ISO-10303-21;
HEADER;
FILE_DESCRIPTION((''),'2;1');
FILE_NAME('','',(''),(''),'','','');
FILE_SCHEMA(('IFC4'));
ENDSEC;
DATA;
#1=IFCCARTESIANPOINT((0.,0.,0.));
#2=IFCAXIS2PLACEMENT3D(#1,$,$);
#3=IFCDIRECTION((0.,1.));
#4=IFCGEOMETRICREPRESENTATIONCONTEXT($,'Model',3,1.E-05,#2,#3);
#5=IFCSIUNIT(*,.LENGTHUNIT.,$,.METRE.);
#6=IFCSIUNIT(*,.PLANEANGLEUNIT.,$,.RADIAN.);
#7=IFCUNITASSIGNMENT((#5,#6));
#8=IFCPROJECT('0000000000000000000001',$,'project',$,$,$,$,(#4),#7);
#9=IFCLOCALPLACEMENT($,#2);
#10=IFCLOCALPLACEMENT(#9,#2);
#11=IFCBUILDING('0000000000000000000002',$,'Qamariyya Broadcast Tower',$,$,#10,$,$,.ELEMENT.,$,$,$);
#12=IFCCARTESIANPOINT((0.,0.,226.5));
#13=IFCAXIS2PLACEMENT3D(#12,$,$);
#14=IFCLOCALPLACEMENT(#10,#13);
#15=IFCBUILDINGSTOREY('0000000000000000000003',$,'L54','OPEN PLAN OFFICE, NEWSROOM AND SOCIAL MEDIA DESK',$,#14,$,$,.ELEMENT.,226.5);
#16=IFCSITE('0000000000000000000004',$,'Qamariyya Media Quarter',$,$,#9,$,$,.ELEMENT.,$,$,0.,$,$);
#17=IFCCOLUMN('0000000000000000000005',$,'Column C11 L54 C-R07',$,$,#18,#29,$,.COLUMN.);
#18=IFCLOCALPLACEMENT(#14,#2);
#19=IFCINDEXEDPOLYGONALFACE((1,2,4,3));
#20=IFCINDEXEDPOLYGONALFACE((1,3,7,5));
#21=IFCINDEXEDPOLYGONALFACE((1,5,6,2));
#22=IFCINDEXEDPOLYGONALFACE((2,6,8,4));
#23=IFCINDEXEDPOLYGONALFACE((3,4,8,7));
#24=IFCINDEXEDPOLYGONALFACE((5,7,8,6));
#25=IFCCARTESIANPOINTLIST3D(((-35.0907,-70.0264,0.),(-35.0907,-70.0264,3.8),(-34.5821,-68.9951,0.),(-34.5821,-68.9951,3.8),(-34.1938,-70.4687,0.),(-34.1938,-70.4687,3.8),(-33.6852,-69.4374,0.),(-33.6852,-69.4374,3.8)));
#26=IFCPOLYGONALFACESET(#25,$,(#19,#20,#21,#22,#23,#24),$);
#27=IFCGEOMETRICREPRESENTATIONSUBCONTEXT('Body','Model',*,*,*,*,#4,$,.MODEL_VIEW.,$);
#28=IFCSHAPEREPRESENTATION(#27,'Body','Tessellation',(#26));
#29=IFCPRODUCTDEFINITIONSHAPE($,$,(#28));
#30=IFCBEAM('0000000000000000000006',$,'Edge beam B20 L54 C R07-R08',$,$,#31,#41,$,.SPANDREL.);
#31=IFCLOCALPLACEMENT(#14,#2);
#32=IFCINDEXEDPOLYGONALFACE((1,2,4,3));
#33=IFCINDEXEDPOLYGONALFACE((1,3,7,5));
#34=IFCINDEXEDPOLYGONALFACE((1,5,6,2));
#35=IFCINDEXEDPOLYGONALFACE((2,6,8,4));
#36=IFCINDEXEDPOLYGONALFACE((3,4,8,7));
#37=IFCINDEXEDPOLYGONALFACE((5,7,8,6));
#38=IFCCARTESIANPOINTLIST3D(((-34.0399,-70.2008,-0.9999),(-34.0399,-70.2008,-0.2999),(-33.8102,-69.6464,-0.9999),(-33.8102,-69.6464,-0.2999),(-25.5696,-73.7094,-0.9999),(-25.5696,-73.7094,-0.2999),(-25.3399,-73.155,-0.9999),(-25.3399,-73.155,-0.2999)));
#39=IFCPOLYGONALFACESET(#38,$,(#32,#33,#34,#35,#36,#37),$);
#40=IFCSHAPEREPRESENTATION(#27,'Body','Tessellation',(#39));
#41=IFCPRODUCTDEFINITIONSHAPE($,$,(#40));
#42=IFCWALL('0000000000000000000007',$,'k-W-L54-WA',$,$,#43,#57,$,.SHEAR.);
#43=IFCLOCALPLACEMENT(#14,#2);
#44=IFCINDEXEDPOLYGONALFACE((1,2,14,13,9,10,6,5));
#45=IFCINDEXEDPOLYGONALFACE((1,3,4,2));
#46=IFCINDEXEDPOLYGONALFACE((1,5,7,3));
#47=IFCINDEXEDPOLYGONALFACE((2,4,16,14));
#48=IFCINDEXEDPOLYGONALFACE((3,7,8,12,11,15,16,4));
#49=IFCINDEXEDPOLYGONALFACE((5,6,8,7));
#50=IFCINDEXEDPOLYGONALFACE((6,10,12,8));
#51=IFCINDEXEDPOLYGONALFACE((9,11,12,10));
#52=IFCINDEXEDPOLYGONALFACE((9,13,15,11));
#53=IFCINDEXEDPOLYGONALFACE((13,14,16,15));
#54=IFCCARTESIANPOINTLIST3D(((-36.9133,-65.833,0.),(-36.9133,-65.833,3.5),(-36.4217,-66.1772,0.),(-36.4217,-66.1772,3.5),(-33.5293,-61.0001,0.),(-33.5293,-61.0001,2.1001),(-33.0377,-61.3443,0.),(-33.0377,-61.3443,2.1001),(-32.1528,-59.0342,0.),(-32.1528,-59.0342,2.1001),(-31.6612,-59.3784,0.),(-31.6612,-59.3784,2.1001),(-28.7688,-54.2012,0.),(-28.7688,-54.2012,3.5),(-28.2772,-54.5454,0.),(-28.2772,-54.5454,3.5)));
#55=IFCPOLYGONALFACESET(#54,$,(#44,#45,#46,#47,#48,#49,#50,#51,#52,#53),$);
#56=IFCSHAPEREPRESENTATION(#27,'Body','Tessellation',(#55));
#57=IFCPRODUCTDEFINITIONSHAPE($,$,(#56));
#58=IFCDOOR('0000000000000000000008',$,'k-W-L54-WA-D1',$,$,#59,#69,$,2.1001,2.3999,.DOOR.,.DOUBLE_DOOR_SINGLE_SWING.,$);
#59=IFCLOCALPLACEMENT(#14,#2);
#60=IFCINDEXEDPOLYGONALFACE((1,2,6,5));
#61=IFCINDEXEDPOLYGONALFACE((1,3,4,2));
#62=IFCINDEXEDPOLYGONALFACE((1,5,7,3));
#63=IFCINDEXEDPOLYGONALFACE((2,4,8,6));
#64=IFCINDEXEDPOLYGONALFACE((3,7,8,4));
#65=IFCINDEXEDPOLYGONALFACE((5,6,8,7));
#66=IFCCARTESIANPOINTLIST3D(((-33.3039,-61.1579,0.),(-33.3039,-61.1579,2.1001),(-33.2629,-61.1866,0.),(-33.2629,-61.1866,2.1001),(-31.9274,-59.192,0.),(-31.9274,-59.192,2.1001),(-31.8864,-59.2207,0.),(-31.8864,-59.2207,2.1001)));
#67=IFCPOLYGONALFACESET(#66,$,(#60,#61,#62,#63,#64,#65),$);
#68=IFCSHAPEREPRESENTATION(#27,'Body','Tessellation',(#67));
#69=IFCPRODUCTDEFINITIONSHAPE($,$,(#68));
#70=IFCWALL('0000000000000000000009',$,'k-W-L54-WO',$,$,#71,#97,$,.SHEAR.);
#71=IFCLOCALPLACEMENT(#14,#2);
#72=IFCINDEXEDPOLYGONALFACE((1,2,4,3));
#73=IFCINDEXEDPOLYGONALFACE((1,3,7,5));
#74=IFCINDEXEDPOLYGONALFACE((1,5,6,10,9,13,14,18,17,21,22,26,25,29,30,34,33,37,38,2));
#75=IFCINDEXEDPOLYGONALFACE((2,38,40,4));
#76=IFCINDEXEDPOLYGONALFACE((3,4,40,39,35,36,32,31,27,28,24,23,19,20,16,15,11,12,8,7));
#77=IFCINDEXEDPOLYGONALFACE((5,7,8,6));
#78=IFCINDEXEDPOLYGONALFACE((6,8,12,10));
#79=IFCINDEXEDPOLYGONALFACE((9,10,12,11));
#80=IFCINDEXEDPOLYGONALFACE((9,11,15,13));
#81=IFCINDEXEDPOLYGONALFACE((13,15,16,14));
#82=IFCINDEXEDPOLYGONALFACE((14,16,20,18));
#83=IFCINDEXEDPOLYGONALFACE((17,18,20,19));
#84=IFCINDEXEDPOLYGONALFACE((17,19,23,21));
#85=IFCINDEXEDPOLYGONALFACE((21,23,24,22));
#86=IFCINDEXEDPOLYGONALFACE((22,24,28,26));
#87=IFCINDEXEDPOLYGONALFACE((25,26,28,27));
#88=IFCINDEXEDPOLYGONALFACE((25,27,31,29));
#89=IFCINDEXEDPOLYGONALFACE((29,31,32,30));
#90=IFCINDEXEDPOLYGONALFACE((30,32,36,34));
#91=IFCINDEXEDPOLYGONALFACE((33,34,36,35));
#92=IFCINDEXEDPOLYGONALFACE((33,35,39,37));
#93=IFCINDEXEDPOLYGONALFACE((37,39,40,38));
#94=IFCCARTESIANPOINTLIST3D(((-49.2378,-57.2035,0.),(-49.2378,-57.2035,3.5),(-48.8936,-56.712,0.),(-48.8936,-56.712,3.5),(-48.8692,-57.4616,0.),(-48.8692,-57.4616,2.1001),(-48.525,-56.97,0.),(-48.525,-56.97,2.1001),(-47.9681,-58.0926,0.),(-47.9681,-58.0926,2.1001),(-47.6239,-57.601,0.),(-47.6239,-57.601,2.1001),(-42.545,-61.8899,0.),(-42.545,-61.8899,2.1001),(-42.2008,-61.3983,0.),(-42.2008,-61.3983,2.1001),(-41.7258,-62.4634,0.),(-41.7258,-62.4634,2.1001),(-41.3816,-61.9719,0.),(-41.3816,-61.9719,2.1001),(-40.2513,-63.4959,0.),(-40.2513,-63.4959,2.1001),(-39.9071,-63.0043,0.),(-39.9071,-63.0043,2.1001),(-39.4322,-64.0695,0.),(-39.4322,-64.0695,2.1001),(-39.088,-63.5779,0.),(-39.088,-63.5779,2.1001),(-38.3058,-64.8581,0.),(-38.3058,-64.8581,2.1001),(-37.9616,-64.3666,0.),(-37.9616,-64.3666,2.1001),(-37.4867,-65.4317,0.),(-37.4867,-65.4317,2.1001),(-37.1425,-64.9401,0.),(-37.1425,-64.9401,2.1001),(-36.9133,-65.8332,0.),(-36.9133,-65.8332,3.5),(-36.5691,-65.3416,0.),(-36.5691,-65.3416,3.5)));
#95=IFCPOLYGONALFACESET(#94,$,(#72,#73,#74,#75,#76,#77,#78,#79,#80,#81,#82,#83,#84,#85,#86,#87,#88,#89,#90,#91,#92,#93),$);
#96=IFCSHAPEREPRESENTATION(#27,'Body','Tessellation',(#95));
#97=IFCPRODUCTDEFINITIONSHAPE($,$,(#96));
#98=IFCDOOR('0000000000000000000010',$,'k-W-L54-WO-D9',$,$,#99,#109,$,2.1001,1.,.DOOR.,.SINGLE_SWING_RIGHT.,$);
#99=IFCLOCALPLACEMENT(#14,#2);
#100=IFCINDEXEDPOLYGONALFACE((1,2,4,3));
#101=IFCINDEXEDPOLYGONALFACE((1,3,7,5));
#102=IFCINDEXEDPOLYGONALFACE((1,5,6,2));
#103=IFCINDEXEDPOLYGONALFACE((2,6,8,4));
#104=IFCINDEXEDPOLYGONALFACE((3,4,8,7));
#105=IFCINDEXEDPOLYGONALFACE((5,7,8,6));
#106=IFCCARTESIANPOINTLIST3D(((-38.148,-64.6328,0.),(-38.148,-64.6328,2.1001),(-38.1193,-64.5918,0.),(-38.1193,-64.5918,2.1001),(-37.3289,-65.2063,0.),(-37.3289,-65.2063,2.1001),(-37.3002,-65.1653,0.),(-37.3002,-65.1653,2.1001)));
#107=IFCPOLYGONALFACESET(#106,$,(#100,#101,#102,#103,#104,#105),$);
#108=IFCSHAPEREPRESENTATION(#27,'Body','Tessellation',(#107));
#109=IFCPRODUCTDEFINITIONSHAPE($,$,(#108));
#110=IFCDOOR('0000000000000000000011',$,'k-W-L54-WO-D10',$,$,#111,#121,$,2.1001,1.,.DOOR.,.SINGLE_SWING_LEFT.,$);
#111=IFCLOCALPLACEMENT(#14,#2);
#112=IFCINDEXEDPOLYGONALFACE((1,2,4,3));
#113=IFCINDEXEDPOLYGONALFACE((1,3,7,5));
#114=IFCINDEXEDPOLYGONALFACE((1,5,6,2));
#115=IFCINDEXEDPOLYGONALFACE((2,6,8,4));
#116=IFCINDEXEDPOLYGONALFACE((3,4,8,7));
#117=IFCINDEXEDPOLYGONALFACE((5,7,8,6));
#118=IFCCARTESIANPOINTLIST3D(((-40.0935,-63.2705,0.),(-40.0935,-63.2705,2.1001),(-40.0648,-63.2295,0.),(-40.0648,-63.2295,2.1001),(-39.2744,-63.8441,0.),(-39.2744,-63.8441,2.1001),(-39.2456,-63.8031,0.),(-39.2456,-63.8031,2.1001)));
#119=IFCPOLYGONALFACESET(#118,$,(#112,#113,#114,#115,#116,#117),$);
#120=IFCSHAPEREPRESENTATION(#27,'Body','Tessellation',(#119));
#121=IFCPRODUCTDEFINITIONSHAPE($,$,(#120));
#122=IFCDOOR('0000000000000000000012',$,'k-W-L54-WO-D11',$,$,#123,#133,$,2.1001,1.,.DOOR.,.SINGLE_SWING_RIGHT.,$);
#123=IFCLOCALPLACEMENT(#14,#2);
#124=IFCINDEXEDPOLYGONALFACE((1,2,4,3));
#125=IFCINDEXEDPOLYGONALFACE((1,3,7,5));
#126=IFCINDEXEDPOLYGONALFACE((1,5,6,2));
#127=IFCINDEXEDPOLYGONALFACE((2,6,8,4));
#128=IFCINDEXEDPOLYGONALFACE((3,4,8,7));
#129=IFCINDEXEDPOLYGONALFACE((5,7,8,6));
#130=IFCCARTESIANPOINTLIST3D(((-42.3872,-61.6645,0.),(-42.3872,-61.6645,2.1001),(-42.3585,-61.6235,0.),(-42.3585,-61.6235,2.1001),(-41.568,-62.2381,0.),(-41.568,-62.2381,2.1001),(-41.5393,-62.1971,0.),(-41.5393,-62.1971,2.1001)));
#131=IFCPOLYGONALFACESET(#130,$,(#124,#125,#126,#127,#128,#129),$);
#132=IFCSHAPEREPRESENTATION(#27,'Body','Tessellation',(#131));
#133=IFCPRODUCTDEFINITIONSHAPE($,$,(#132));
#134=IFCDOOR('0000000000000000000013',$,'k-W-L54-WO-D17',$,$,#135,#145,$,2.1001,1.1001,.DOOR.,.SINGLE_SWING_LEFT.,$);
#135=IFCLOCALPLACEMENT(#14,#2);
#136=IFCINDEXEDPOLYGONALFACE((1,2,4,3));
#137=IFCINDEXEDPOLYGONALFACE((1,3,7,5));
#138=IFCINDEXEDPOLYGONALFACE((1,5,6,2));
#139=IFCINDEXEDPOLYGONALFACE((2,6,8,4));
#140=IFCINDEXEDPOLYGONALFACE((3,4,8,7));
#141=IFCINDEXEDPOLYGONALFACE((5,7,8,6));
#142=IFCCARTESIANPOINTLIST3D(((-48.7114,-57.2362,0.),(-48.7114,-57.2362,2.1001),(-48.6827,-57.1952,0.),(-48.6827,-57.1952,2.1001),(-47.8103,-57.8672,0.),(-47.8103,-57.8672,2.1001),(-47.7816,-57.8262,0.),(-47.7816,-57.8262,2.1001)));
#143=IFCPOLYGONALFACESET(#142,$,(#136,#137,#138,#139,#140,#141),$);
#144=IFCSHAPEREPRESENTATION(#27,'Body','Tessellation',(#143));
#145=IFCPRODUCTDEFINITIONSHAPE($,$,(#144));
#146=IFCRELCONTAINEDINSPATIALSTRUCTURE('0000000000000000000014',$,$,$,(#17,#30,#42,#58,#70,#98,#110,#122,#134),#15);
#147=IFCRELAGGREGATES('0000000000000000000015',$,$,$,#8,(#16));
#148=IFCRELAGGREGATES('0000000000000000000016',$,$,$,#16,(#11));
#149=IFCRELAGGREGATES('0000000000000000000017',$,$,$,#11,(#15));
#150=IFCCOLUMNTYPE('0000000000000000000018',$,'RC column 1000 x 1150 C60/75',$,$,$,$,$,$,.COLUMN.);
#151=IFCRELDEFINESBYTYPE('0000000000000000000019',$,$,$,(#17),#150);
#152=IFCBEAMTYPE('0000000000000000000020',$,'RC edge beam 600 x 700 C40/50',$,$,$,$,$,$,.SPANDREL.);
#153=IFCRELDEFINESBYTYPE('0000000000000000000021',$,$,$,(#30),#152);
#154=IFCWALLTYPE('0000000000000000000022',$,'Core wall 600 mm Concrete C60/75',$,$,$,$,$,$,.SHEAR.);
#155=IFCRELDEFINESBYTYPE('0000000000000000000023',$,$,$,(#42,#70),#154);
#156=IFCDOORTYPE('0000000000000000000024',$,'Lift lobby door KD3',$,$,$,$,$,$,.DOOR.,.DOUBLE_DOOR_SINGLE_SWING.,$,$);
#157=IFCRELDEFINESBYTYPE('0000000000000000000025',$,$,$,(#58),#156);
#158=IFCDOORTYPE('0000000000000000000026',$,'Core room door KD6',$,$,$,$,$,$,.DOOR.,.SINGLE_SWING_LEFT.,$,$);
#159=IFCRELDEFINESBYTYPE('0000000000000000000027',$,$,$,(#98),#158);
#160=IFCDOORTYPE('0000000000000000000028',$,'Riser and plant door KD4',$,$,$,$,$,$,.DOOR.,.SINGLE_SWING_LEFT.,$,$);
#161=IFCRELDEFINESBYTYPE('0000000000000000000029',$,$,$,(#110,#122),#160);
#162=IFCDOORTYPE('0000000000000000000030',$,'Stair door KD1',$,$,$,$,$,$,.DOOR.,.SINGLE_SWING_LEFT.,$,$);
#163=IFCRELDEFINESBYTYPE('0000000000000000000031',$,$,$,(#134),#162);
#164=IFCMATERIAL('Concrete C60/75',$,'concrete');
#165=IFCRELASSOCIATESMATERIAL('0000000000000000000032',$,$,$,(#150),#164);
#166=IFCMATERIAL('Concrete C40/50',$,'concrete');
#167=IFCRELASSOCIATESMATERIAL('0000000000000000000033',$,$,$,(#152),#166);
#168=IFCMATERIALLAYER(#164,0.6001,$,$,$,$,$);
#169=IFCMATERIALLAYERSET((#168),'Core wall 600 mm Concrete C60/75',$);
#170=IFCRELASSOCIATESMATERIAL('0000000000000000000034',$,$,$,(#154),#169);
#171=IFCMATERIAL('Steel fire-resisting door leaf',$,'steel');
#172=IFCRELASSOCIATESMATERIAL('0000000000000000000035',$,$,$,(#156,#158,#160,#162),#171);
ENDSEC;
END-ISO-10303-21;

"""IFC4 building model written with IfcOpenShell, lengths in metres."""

from ifc_helpers import new_model, si_unit, direction, frame, frame_2d, origin, origin_2d, place, context, subcontext, project, spatial, rectangle, extrude, material, layer, layer_set, material_profile, profile_set, type_object, element, fill, save


model = new_model("IFC4")

# Units and contexts
model_context = context("Model", 3, precision=1e-05, world=origin(), true_north=direction((0.0, 1.0)))
body_context = subcontext(model_context, "Body", "Model", "MODEL_VIEW")
ifc_project = project(units=[si_unit("LENGTHUNIT", "METRE"), si_unit("PLANEANGLEUNIT", "RADIAN")], contexts=[model_context])

# Site, building, storey
site_placement = place(None, origin())
site = spatial("IfcSite", under=ifc_project, at=site_placement, Name="Qamariyya Media Quarter", CompositionType="ELEMENT", RefElevation=0.0)
building_placement = place(site_placement, origin())
building = spatial("IfcBuilding", under=site, at=building_placement, Name="Qamariyya Broadcast Tower", CompositionType="ELEMENT")
storey_placement = place(building_placement, frame((0.0, 0.0, 226.5)))
storey = spatial("IfcBuildingStorey", under=building, at=storey_placement, Name="L54", Description="OPEN PLAN OFFICE, NEWSROOM AND SOCIAL MEDIA DESK", CompositionType="ELEMENT", Elevation=226.5)

# Column
ifc_material_1 = material(Name="Concrete C60/75", Category="concrete")
ifc_material_profile_1 = material_profile(ifc_material_1, rectangle(XDim=1.0, YDim=1.1499, at=origin_2d()))
ifc_profile_set_1 = profile_set([ifc_material_profile_1], Name="Concrete C60/75")
column_type = type_object("IfcColumnType", Name="RC column 1000 x 1150 C60/75", PredefinedType="COLUMN", material=ifc_profile_set_1)
column_placement = place(storey_placement, frame((-34.3879, -69.7319, 0.0), z_axis=(0.0, 0.0, 1.0), x_axis=(0.896873, -0.442289, 0.0)))
element("IfcColumn", 1, at=column_placement, inside=storey, type_object=column_type, Name="Column C11 L54 C-R07", PredefinedType="COLUMN", context=body_context, shape_type="SweptSolid", body=[
    extrude(rectangle(XDim=1.0, YDim=1.1499, at=origin_2d()), origin(), (0.0, 0.0, 1.0), 3.8),
])

# Beam
ifc_material_2 = material(Name="Concrete C40/50", Category="concrete")
ifc_material_profile_2 = material_profile(ifc_material_2, rectangle(XDim=0.6001, YDim=0.7, at=origin_2d()))
ifc_profile_set_2 = profile_set([ifc_material_profile_2], Name="Concrete C40/50")
beam_type = type_object("IfcBeamType", Name="RC edge beam 600 x 700 C40/50", PredefinedType="SPANDREL", material=ifc_profile_set_2)
beam_placement = place(storey_placement, frame((-33.925, -69.9236, -0.6499), z_axis=(0.923877, -0.38269, 0.0), x_axis=(0.38269, 0.923877, 0.0)))
element("IfcBeam", 2, at=beam_placement, inside=storey, type_object=beam_type, Name="Edge beam B20 L54 C R07-R08", PredefinedType="SPANDREL", context=body_context, shape_type="SweptSolid", body=[
    extrude(rectangle(XDim=0.6001, YDim=0.7, at=origin_2d()), origin(), (0.0, 0.0, 1.0), 9.1682),
])

# Wall, opening, door
ifc_layer_1 = layer(ifc_material_1, 0.6001)
ifc_layer_set_1 = layer_set([ifc_layer_1], Name="Core wall 600 mm Concrete C60/75")
wall_type_1 = type_object("IfcWallType", Name="Core wall 600 mm Concrete C60/75", PredefinedType="SHEAR", material=ifc_layer_set_1)
wall_1_placement = place(storey_placement, frame((-36.6675, -66.0051, 0.0), z_axis=(0.0, 0.0, 1.0), x_axis=(0.573568, 0.819158, 0.0)))
wall_1 = element("IfcWall", 3, at=wall_1_placement, inside=storey, type_object=wall_type_1, Name="k-W-L54-WA", PredefinedType="SHEAR", context=body_context, shape_type="SweptSolid", body=[
    extrude(rectangle(XDim=14.1997, YDim=0.6001, at=frame_2d((7.0999, 0.0))), origin(), (0.0, 0.0, 1.0), 3.5),
])
opening_1_placement = place(wall_1_placement, frame((5.8999, 0.0, 0.0)))
opening_1 = element("IfcOpeningElement", 4, at=opening_1_placement, cuts=wall_1, PredefinedType="OPENING", context=body_context, shape_type="SweptSolid", body=[
    extrude(rectangle(XDim=2.3999, YDim=2.1001, at=frame_2d((1.2, 1.05))), frame((0.0, 0.3101, 0.0), z_axis=(0.0, -1.0, 0.0), x_axis=(1.0, 0.0, 0.0)), (0.0, 0.0, 1.0), 0.6201),
])
ifc_material_3 = material(Name="Steel fire-resisting door leaf", Category="steel")
door_type_1 = type_object("IfcDoorType", Name="Lift lobby door KD3", OperationType="DOUBLE_DOOR_SINGLE_SWING", PredefinedType="DOOR", material=ifc_material_3)
door_1_placement = place(opening_1_placement, origin())
door_1 = element("IfcDoor", 5, at=door_1_placement, inside=storey, type_object=door_type_1, Name="k-W-L54-WA-D1", OperationType="DOUBLE_DOOR_SINGLE_SWING", OverallHeight=2.1001, OverallWidth=2.3999, PredefinedType="DOOR", context=body_context, shape_type="SweptSolid", body=[
    extrude(rectangle(XDim=2.3999, YDim=2.1001, at=frame_2d((1.2, 1.05))), frame((0.0, 0.0249, 0.0), z_axis=(0.0, -1.0, 0.0), x_axis=(1.0, 0.0, 0.0)), (0.0, 0.0, 1.0), 0.05),
])
fill(opening_1, door_1)

# Wall, openings, doors
wall_2_placement = place(storey_placement, frame((-36.7412, -65.5874, 0.0), z_axis=(0.0, 0.0, 1.0), x_axis=(-0.819153, 0.573575, 0.0)))
wall_2 = element("IfcWall", 6, at=wall_2_placement, inside=storey, type_object=wall_type_1, Name="k-W-L54-WO", PredefinedType="SHEAR", context=body_context, shape_type="SweptSolid", body=[
    extrude(rectangle(XDim=15.0454, YDim=0.6001, at=frame_2d((7.5227, 0.0))), origin(), (0.0, 0.0, 1.0), 3.5),
])
opening_2_placement = place(wall_2_placement, frame((0.7, 0.0, 0.0)))
opening_2 = element("IfcOpeningElement", 7, at=opening_2_placement, cuts=wall_2, PredefinedType="OPENING", context=body_context, shape_type="SweptSolid", body=[
    extrude(rectangle(XDim=1.0, YDim=2.1001, at=frame_2d((0.5, 1.05))), frame((0.0, 0.3101, 0.0), z_axis=(0.0, -1.0, 0.0), x_axis=(1.0, 0.0, 0.0)), (0.0, 0.0, 1.0), 0.6201),
])
opening_3_placement = place(wall_2_placement, frame((3.075, 0.0, 0.0)))
opening_3 = element("IfcOpeningElement", 8, at=opening_3_placement, cuts=wall_2, PredefinedType="OPENING", context=body_context, shape_type="SweptSolid", body=[
    extrude(rectangle(XDim=1.0, YDim=2.1001, at=frame_2d((0.5, 1.05))), frame((0.0, 0.3101, 0.0), z_axis=(0.0, -1.0, 0.0), x_axis=(1.0, 0.0, 0.0)), (0.0, 0.0, 1.0), 0.6201),
])
opening_4_placement = place(wall_2_placement, frame((5.875, 0.0, 0.0)))
opening_4 = element("IfcOpeningElement", 9, at=opening_4_placement, cuts=wall_2, PredefinedType="OPENING", context=body_context, shape_type="SweptSolid", body=[
    extrude(rectangle(XDim=1.0, YDim=2.1001, at=frame_2d((0.5, 1.05))), frame((0.0, 0.3101, 0.0), z_axis=(0.0, -1.0, 0.0), x_axis=(1.0, 0.0, 0.0)), (0.0, 0.0, 1.0), 0.6201),
])
opening_5_placement = place(wall_2_placement, frame((13.4954, 0.0, 0.0)))
opening_5 = element("IfcOpeningElement", 10, at=opening_5_placement, cuts=wall_2, PredefinedType="OPENING", context=body_context, shape_type="SweptSolid", body=[
    extrude(rectangle(XDim=1.1001, YDim=2.1001, at=frame_2d((0.55, 1.05))), frame((0.0, 0.3101, 0.0), z_axis=(0.0, -1.0, 0.0), x_axis=(1.0, 0.0, 0.0)), (0.0, 0.0, 1.0), 0.6201),
])
door_type_2 = type_object("IfcDoorType", Name="Core room door KD6", OperationType="SINGLE_SWING_LEFT", PredefinedType="DOOR", material=ifc_material_3)
door_2_placement = place(opening_2_placement, origin())
door_2 = element("IfcDoor", 11, at=door_2_placement, inside=storey, type_object=door_type_2, Name="k-W-L54-WO-D9", OperationType="SINGLE_SWING_RIGHT", OverallHeight=2.1001, OverallWidth=1.0, PredefinedType="DOOR", context=body_context, shape_type="SweptSolid", body=[
    extrude(rectangle(XDim=1.0, YDim=2.1001, at=frame_2d((0.5, 1.05))), frame((0.0, 0.0249, 0.0), z_axis=(0.0, -1.0, 0.0), x_axis=(1.0, 0.0, 0.0)), (0.0, 0.0, 1.0), 0.05),
])
fill(opening_2, door_2)
door_type_3 = type_object("IfcDoorType", Name="Riser and plant door KD4", OperationType="SINGLE_SWING_LEFT", PredefinedType="DOOR", material=ifc_material_3)
door_3_placement = place(opening_3_placement, origin())
door_3 = element("IfcDoor", 12, at=door_3_placement, inside=storey, type_object=door_type_3, Name="k-W-L54-WO-D10", OperationType="SINGLE_SWING_LEFT", OverallHeight=2.1001, OverallWidth=1.0, PredefinedType="DOOR", context=body_context, shape_type="SweptSolid", body=[
    extrude(rectangle(XDim=1.0, YDim=2.1001, at=frame_2d((0.5, 1.05))), frame((0.0, 0.0249, 0.0), z_axis=(0.0, -1.0, 0.0), x_axis=(1.0, 0.0, 0.0)), (0.0, 0.0, 1.0), 0.05),
])
fill(opening_3, door_3)
door_4_placement = place(opening_4_placement, origin())
door_4 = element("IfcDoor", 13, at=door_4_placement, inside=storey, type_object=door_type_3, Name="k-W-L54-WO-D11", OperationType="SINGLE_SWING_RIGHT", OverallHeight=2.1001, OverallWidth=1.0, PredefinedType="DOOR", context=body_context, shape_type="SweptSolid", body=[
    extrude(rectangle(XDim=1.0, YDim=2.1001, at=frame_2d((0.5, 1.05))), frame((0.0, 0.0249, 0.0), z_axis=(0.0, -1.0, 0.0), x_axis=(1.0, 0.0, 0.0)), (0.0, 0.0, 1.0), 0.05),
])
fill(opening_4, door_4)
door_type_4 = type_object("IfcDoorType", Name="Stair door KD1", OperationType="SINGLE_SWING_LEFT", PredefinedType="DOOR", material=ifc_material_3)
door_5_placement = place(opening_5_placement, origin())
door_5 = element("IfcDoor", 14, at=door_5_placement, inside=storey, type_object=door_type_4, Name="k-W-L54-WO-D17", OperationType="SINGLE_SWING_LEFT", OverallHeight=2.1001, OverallWidth=1.1001, PredefinedType="DOOR", context=body_context, shape_type="SweptSolid", body=[
    extrude(rectangle(XDim=1.1001, YDim=2.1001, at=frame_2d((0.55, 1.05))), frame((0.0, 0.0249, 0.0), z_axis=(0.0, -1.0, 0.0), x_axis=(1.0, 0.0, 0.0)), (0.0, 0.0, 1.0), 0.05),
])
fill(opening_5, door_5)

save(model, "model.ifc")
